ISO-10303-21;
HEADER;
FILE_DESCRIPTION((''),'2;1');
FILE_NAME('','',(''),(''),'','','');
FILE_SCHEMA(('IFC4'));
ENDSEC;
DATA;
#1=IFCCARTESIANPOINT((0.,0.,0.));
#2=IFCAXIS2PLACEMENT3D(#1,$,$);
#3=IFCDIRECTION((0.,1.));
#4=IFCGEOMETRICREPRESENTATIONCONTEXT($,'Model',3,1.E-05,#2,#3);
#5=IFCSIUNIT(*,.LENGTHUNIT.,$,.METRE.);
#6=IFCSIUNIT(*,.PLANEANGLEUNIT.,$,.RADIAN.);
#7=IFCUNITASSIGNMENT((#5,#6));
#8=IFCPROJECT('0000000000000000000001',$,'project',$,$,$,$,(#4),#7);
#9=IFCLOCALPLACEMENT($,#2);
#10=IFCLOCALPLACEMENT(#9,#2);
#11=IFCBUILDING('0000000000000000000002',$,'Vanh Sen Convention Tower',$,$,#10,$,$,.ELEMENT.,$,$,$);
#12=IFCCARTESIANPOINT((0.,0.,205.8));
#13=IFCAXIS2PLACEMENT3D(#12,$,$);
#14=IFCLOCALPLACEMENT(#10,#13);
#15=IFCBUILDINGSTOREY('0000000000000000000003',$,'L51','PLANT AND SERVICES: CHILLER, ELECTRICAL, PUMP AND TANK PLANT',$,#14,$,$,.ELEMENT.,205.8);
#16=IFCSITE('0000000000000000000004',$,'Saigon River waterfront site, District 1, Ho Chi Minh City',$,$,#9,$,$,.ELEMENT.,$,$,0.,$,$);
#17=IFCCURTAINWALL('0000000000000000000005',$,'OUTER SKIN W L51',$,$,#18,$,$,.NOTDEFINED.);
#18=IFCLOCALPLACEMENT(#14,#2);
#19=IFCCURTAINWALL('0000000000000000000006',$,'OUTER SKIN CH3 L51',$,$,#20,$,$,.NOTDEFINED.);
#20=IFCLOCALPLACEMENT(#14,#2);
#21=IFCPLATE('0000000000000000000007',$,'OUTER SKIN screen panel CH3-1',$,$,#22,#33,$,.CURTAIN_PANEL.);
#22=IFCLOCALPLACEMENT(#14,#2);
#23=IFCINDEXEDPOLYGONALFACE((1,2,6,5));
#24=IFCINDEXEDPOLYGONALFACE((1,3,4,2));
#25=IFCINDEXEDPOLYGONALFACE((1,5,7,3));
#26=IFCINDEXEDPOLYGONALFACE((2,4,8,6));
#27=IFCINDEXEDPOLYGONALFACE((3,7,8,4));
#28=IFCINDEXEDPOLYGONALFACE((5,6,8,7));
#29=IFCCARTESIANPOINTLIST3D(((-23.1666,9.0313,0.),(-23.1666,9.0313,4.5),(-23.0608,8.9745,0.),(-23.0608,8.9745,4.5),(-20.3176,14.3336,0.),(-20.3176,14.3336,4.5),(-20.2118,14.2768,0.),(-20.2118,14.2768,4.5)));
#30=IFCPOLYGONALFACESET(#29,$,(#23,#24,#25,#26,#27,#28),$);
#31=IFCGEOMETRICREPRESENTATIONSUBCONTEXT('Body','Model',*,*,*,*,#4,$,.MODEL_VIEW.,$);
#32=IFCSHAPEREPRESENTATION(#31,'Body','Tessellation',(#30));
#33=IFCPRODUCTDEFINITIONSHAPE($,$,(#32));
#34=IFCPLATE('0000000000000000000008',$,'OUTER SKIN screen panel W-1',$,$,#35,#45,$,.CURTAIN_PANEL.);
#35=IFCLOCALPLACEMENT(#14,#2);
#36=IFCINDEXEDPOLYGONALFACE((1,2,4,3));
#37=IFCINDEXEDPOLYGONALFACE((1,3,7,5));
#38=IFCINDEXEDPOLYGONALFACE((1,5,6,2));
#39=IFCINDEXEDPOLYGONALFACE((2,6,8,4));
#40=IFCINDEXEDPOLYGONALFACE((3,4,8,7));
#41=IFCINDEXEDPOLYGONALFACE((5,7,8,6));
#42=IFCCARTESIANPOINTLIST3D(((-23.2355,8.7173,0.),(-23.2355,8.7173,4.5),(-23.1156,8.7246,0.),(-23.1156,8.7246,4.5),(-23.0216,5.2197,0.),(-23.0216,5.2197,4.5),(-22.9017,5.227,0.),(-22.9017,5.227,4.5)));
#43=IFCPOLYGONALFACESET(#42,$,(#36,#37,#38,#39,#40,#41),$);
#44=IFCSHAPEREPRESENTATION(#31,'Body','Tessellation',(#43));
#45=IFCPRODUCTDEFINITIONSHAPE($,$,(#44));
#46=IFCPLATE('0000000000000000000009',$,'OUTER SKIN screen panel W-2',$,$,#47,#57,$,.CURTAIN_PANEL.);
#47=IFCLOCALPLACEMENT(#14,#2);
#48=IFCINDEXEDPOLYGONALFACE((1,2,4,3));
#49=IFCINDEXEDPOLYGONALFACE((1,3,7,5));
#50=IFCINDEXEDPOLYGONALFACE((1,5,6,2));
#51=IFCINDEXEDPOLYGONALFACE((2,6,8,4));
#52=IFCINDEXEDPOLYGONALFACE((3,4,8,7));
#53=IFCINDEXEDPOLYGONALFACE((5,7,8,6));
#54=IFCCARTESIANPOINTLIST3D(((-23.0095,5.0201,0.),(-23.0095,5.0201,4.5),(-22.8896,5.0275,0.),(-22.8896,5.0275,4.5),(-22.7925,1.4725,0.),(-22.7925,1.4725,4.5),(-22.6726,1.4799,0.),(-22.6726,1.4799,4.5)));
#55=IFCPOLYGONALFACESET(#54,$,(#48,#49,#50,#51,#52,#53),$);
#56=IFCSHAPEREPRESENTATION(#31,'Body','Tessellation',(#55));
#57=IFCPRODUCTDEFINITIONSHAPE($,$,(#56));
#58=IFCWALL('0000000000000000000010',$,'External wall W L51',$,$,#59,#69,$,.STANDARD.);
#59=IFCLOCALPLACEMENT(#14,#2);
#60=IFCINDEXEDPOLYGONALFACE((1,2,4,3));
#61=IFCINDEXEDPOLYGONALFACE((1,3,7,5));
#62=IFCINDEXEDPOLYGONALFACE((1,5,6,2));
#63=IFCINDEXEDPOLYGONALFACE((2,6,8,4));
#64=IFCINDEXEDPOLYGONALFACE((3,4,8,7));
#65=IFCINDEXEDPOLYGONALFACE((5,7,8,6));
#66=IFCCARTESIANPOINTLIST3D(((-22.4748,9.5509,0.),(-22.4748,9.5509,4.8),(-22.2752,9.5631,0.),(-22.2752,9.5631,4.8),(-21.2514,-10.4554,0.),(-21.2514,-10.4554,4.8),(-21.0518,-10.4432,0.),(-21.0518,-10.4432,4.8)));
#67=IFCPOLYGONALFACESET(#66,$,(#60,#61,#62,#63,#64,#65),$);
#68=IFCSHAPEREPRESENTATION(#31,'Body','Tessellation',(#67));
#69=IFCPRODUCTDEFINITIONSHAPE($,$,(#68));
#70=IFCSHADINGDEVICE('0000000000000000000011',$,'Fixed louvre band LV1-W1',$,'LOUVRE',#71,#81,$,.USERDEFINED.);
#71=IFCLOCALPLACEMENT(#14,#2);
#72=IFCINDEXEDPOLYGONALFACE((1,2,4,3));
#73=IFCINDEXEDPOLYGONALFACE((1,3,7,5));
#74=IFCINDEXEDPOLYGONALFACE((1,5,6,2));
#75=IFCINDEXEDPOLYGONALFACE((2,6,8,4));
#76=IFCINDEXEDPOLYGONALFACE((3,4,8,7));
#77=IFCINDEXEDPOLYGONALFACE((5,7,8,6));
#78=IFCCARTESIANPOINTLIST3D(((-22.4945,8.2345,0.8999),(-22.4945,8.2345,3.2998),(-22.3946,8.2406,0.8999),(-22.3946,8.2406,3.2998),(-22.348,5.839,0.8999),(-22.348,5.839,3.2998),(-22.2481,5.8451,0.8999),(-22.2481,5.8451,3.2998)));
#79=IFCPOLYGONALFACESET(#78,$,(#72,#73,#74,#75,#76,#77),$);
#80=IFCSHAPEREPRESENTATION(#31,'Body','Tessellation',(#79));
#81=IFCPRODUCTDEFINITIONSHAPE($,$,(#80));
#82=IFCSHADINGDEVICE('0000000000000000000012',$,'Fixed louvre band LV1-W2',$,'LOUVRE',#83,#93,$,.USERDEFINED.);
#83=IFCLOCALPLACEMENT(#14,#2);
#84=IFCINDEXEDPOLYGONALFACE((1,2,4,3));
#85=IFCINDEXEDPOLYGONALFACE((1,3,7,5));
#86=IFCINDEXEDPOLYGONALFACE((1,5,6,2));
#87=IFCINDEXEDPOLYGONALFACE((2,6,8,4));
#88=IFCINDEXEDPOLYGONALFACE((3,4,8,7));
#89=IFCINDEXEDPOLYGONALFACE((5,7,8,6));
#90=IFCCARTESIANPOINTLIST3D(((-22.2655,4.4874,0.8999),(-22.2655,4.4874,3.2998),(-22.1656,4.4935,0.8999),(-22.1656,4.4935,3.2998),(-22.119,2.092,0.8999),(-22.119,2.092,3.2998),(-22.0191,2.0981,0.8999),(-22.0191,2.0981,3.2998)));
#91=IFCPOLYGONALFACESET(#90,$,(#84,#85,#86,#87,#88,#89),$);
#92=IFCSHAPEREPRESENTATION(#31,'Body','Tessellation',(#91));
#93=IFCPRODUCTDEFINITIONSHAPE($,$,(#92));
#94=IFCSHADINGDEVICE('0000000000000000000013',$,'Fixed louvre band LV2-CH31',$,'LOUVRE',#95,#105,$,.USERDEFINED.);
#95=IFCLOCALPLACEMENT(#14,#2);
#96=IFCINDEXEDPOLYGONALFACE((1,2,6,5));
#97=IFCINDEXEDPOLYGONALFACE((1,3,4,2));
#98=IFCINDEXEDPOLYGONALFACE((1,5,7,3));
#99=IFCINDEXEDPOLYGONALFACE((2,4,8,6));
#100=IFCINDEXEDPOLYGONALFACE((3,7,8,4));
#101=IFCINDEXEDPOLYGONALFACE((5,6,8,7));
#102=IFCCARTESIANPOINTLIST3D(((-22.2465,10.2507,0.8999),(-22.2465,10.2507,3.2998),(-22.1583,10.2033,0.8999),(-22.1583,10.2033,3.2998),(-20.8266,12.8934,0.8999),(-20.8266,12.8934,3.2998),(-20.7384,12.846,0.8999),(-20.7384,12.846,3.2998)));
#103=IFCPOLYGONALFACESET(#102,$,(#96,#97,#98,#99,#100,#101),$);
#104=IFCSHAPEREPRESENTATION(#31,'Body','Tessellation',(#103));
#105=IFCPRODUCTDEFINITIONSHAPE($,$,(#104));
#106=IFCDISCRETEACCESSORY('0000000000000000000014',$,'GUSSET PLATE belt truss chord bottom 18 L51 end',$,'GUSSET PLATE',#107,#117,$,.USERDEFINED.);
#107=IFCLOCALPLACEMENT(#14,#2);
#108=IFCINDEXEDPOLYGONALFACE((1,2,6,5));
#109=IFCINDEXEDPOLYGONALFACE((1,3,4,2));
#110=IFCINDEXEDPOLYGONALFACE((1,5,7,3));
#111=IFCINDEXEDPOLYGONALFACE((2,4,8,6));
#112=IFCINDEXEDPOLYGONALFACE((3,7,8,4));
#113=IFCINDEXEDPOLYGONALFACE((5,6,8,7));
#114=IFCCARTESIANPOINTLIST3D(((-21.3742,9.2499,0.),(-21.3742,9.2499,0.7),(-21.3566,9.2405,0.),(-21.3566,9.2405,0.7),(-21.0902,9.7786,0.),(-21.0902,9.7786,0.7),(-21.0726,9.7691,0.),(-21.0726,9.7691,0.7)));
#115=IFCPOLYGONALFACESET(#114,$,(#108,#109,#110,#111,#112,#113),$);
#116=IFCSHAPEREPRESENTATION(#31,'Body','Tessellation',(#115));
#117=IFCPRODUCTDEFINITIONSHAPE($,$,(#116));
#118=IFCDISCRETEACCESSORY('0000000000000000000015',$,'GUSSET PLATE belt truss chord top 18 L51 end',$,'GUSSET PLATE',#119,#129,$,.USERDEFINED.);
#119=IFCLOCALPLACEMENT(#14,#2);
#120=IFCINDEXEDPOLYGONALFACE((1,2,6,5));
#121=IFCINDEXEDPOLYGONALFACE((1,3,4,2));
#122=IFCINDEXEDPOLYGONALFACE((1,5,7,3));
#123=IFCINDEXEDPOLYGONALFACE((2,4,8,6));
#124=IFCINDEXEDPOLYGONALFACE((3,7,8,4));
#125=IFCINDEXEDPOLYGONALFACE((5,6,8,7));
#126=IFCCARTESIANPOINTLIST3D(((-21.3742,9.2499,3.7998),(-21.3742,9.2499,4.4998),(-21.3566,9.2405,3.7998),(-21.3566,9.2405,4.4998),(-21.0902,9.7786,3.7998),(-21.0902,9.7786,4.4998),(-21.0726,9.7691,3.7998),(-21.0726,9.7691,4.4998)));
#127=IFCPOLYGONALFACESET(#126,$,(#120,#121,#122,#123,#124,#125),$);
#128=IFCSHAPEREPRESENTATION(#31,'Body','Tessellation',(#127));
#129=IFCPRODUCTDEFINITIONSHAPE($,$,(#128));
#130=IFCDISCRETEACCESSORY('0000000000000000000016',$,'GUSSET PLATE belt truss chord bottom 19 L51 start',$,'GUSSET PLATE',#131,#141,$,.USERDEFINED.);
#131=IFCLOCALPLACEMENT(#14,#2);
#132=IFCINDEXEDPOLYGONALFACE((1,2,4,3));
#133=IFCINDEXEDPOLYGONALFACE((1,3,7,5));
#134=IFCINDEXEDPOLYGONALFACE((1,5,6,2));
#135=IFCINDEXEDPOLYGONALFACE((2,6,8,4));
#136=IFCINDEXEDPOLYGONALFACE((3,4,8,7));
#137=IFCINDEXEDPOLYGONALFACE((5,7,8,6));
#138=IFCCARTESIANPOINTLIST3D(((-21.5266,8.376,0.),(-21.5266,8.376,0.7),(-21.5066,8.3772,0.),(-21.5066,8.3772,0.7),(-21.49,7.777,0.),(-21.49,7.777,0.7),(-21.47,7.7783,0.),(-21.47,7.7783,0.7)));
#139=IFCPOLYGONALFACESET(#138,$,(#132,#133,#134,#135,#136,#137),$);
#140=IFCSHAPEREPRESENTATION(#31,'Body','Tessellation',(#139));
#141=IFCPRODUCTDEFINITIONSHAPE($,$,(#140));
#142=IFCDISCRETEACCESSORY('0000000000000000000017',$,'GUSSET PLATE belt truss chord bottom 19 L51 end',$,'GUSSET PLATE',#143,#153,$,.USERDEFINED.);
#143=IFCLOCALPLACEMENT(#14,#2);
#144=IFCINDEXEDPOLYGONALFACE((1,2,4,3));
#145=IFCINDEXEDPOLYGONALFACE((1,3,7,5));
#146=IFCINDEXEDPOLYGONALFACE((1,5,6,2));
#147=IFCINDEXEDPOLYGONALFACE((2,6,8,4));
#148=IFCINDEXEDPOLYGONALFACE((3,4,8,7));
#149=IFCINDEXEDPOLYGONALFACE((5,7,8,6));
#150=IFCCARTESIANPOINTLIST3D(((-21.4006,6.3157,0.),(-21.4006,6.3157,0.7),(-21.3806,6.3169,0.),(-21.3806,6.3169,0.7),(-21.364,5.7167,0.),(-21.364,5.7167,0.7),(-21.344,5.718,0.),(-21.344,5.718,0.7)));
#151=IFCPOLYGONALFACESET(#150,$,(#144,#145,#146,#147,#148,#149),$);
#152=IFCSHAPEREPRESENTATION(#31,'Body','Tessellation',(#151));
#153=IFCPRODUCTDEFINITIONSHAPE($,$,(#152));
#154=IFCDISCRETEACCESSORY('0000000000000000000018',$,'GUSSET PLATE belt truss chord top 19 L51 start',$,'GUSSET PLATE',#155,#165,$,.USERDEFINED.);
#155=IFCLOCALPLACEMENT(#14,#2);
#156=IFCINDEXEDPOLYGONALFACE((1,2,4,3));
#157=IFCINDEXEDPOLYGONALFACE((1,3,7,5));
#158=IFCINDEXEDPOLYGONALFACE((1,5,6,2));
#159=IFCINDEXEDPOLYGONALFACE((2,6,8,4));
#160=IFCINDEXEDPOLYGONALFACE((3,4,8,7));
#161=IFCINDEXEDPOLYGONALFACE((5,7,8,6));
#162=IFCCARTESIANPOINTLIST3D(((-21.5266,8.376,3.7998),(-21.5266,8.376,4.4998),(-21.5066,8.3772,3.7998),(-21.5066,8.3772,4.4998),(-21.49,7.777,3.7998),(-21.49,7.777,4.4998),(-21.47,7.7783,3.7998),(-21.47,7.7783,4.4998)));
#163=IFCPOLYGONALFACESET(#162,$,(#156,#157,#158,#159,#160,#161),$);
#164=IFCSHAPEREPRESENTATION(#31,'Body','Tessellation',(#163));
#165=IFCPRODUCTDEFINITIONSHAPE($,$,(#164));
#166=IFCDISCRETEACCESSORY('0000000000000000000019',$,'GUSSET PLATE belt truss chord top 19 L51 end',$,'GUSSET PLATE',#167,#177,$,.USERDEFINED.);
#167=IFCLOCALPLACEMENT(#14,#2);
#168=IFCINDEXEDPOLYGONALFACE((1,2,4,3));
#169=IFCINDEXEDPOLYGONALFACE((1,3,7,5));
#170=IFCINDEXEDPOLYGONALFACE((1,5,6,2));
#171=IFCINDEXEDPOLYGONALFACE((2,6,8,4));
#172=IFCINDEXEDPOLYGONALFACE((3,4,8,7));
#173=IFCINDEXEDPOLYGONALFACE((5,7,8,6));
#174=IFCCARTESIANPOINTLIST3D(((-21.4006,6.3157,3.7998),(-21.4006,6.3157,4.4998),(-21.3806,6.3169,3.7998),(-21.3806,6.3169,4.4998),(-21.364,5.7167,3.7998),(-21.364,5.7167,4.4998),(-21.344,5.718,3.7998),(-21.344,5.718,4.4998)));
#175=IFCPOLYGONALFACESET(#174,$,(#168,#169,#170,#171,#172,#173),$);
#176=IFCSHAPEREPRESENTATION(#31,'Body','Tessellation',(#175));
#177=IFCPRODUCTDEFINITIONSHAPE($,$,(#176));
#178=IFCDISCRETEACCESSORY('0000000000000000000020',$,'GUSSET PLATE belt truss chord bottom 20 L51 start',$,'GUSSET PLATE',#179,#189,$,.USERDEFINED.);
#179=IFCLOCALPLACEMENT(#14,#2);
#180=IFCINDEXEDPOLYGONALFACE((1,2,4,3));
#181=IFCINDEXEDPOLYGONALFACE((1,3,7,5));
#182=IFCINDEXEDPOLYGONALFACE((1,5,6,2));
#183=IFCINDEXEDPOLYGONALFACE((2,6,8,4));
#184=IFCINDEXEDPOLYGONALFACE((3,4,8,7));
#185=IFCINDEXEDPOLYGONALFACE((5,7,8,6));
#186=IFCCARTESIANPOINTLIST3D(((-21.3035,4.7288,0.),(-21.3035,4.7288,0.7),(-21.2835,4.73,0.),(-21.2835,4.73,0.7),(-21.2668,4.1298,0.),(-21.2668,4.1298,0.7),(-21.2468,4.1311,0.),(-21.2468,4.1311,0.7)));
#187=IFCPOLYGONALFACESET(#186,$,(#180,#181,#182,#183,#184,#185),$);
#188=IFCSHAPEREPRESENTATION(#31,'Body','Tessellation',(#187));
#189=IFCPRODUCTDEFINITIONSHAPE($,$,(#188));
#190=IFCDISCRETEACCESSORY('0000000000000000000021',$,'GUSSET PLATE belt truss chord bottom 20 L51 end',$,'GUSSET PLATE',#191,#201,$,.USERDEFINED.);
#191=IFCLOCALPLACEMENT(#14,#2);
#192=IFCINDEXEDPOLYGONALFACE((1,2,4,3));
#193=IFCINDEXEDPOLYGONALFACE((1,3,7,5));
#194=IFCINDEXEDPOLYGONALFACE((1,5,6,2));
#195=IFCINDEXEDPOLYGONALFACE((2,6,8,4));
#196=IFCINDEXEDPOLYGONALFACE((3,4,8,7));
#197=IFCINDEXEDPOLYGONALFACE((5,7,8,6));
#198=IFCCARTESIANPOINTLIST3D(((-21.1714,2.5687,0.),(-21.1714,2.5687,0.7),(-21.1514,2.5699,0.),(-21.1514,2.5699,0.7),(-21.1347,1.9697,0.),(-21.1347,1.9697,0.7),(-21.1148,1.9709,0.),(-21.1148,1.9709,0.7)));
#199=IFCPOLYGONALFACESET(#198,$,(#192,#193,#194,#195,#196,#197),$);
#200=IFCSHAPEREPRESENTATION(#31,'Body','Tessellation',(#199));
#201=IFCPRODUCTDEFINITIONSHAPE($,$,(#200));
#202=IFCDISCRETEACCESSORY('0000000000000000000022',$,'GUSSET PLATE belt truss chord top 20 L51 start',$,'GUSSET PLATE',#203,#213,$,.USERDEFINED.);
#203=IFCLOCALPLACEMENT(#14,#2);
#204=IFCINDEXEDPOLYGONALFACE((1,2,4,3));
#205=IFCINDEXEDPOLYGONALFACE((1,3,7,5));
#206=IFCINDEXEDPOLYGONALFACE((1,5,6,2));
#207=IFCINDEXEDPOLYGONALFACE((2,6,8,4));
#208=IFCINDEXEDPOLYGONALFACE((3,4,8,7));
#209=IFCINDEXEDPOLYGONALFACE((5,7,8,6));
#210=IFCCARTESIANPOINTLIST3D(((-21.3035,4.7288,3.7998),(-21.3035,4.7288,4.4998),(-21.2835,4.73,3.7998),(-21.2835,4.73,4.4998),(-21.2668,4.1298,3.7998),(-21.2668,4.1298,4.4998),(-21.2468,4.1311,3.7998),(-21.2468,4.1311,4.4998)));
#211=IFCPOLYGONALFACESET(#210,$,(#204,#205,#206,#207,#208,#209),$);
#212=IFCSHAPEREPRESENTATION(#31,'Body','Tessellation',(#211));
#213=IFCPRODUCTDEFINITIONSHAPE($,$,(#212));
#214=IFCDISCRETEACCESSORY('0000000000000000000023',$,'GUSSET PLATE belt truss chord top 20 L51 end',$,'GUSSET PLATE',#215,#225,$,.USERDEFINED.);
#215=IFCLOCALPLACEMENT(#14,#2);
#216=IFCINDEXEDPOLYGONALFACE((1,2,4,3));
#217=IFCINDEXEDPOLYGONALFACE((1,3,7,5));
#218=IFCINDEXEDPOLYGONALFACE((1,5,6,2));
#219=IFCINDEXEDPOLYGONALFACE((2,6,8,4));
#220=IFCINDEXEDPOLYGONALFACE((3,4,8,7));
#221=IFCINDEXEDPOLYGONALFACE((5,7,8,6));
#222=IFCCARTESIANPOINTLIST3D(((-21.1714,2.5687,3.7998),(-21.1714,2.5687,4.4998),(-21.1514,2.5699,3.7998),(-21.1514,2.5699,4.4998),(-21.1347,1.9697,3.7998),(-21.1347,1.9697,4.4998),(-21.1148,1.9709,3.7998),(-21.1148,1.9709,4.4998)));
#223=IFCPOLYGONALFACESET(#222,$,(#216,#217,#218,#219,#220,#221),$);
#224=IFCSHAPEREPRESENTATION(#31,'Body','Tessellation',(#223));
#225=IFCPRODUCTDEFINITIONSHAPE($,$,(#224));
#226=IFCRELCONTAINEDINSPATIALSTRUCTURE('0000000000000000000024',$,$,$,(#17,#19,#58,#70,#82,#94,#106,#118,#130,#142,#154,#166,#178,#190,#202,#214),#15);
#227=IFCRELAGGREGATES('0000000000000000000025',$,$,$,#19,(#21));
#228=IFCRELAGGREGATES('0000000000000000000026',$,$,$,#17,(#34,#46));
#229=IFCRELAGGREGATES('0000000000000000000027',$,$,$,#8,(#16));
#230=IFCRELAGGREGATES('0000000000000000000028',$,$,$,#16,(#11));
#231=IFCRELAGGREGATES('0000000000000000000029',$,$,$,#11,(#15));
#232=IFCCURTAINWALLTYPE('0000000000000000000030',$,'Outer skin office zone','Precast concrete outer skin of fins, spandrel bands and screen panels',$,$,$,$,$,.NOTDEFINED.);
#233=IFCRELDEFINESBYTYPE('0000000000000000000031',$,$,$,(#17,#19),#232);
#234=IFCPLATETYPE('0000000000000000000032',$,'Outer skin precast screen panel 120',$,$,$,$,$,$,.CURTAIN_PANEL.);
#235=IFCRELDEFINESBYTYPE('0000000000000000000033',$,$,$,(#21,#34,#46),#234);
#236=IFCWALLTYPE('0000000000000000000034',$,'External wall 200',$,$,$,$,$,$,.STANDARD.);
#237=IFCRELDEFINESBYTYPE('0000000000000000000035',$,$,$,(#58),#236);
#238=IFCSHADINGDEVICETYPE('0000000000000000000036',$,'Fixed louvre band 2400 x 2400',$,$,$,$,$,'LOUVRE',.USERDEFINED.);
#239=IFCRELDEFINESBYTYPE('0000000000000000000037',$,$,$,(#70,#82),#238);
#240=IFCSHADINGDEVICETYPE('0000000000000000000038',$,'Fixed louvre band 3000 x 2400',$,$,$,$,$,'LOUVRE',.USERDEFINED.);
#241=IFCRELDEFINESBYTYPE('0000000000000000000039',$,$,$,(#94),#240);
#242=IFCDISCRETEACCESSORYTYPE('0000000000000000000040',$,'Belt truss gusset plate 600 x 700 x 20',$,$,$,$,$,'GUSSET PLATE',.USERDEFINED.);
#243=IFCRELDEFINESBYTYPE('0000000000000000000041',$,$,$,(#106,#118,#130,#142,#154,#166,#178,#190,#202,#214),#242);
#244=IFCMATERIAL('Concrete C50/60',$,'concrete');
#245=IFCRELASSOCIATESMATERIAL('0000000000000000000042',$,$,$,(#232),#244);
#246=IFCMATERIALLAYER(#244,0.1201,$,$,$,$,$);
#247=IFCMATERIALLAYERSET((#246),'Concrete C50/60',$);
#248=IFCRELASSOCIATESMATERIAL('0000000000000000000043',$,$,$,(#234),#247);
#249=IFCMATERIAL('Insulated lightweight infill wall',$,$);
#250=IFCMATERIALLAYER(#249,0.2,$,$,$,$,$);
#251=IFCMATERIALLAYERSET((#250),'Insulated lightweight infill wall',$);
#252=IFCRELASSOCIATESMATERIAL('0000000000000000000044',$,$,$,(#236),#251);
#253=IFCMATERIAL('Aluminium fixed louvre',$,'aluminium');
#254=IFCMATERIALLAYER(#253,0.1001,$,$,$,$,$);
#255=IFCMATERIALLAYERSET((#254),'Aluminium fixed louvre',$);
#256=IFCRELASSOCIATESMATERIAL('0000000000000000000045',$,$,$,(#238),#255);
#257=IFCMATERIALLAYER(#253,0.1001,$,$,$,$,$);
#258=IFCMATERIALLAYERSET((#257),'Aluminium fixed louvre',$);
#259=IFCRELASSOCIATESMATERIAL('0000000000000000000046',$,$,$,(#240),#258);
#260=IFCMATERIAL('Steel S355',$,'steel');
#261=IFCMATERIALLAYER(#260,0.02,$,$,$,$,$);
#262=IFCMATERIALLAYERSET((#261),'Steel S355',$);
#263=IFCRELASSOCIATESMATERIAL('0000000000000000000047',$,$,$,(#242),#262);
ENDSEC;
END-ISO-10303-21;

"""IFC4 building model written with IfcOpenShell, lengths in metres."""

from ifc_helpers import new_model, si_unit, direction, frame, frame_2d, origin, origin_2d, place, context, subcontext, project, spatial, rectangle, extrude, material, layer, layer_set, type_object, element, aggregate, save


model = new_model("IFC4")

# Units and contexts
model_context = context("Model", 3, precision=1e-05, world=origin(), true_north=direction((0.0, 1.0)))
body_context = subcontext(model_context, "Body", "Model", "MODEL_VIEW")
ifc_project = project(units=[si_unit("LENGTHUNIT", "METRE"), si_unit("PLANEANGLEUNIT", "RADIAN")], contexts=[model_context])

# Site, building, storey
site_placement = place(None, origin())
site = spatial("IfcSite", under=ifc_project, at=site_placement, Name="Saigon River waterfront site, District 1, Ho Chi Minh City", CompositionType="ELEMENT", RefElevation=0.0)
building_placement = place(site_placement, origin())
building = spatial("IfcBuilding", under=site, at=building_placement, Name="Vanh Sen Convention Tower", CompositionType="ELEMENT")
storey_placement = place(building_placement, frame((0.0, 0.0, 205.8)))
storey = spatial("IfcBuildingStorey", under=building, at=storey_placement, Name="L51", Description="PLANT AND SERVICES: CHILLER, ELECTRICAL, PUMP AND TANK PLANT", CompositionType="ELEMENT", Elevation=205.8)

# Shared definitions
ifc_material_1 = material(Name="Steel S355", Category="steel")

# Curtain wall
ifc_material_2 = material(Name="Concrete C50/60", Category="concrete")
curtain_wall_type = type_object("IfcCurtainWallType", Name="Outer skin office zone", Description="Precast concrete outer skin of fins, spandrel bands and screen panels", PredefinedType="NOTDEFINED", material=ifc_material_2)
curtain_wall_1_placement = place(storey_placement, origin())
curtain_wall_1 = element("IfcCurtainWall", 1, at=curtain_wall_1_placement, inside=storey, type_object=curtain_wall_type, Name="OUTER SKIN W L51", PredefinedType="NOTDEFINED")

# Curtain wall, plate
curtain_wall_2_placement = place(storey_placement, origin())
curtain_wall_2 = element("IfcCurtainWall", 2, at=curtain_wall_2_placement, inside=storey, type_object=curtain_wall_type, Name="OUTER SKIN CH3 L51", PredefinedType="NOTDEFINED")
ifc_layer_1 = layer(ifc_material_2, 0.1201)
ifc_layer_set_1 = layer_set([ifc_layer_1], Name="Concrete C50/60")
plate_type = type_object("IfcPlateType", Name="Outer skin precast screen panel 120", PredefinedType="CURTAIN_PANEL", material=ifc_layer_set_1)
plate_1_placement = place(storey_placement, frame((-21.6892, 11.6541, 0.0), z_axis=(0.0, 0.0, 1.0), x_axis=(-0.473318, -0.880892, 0.0)))
plate_1 = element("IfcPlate", 3, at=plate_1_placement, type_object=plate_type, Name="OUTER SKIN screen panel CH3-1", PredefinedType="CURTAIN_PANEL", context=body_context, shape_type="SweptSolid", body=[
    extrude(rectangle(XDim=6.0193, YDim=0.1201, at=origin_2d()), origin(), (0.0, 0.0, 1.0), 4.5),
])
aggregate(curtain_wall_2, [plate_1])

# Plates
plate_2_placement = place(storey_placement, frame((-23.0686, 6.9722, 0.0), z_axis=(0.0, 0.0, 1.0), x_axis=(0.061054, -0.998134, 0.0)))
plate_2 = element("IfcPlate", 4, at=plate_2_placement, type_object=plate_type, Name="OUTER SKIN screen panel W-1", PredefinedType="CURTAIN_PANEL", context=body_context, shape_type="SweptSolid", body=[
    extrude(rectangle(XDim=3.5042, YDim=0.1201, at=origin_2d()), origin(), (0.0, 0.0, 1.0), 4.5),
])
plate_3_placement = place(storey_placement, frame((-22.8411, 3.25, 0.0), z_axis=(0.0, 0.0, 1.0), x_axis=(0.061052, -0.998135, 0.0)))
plate_3 = element("IfcPlate", 5, at=plate_3_placement, type_object=plate_type, Name="OUTER SKIN screen panel W-2", PredefinedType="CURTAIN_PANEL", context=body_context, shape_type="SweptSolid", body=[
    extrude(rectangle(XDim=3.5542, YDim=0.1201, at=origin_2d()), origin(), (0.0, 0.0, 1.0), 4.5),
])
aggregate(curtain_wall_1, [plate_2, plate_3])

# Wall
ifc_material_3 = material(Name="Insulated lightweight infill wall")
ifc_layer_2 = layer(ifc_material_3, 0.2)
ifc_layer_set_2 = layer_set([ifc_layer_2], Name="Insulated lightweight infill wall")
wall_type = type_object("IfcWallType", Name="External wall 200", PredefinedType="STANDARD", material=ifc_layer_set_2)
wall_placement = place(storey_placement, frame((-22.375, 9.5571, 0.0), z_axis=(0.0, 0.0, 1.0), x_axis=(0.061036, -0.998136, 0.0)))
element("IfcWall", 6, at=wall_placement, inside=storey, type_object=wall_type, Name="External wall W L51", PredefinedType="STANDARD", context=body_context, shape_type="SweptSolid", body=[
    extrude(rectangle(XDim=20.0437, YDim=0.2, at=frame_2d((10.022, 0.0))), origin(), (0.0, 0.0, 1.0), 4.8),
])

# Shading devices
ifc_material_4 = material(Name="Aluminium fixed louvre", Category="aluminium")
ifc_layer_3 = layer(ifc_material_4, 0.1001)
ifc_layer_set_3 = layer_set([ifc_layer_3], Name="Aluminium fixed louvre")
shading_device_type_1 = type_object("IfcShadingDeviceType", Name="Fixed louvre band 2400 x 2400", ElementType="LOUVRE", PredefinedType="USERDEFINED", material=ifc_layer_set_3)
for number, where, z_axis, x_axis, name in (
    (7, (-22.3713, 7.0398, 0.8999), (0.0, 0.0, 1.0), (0.061045, -0.998135, 0.0), "Fixed louvre band LV1-W1"),
    (8, (-22.1423, 3.2927, 0.8999), (0.0, 0.0, 1.0), (0.061045, -0.998135, 0.0), "Fixed louvre band LV1-W2"),
):
    element("IfcShadingDevice", number, at=place(storey_placement, frame(where, z_axis=z_axis, x_axis=x_axis)), inside=storey, type_object=shading_device_type_1, Name=name, ObjectType="LOUVRE", PredefinedType="USERDEFINED", context=body_context, shape_type="SweptSolid", body=[
        extrude(rectangle(XDim=2.3999, YDim=0.1001, at=origin_2d()), origin(), (0.0, 0.0, 1.0), 2.3999),
    ])
ifc_layer_4 = layer(ifc_material_4, 0.1001)
ifc_layer_set_4 = layer_set([ifc_layer_4], Name="Aluminium fixed louvre")
shading_device_type_2 = type_object("IfcShadingDeviceType", Name="Fixed louvre band 3000 x 2400", ElementType="LOUVRE", PredefinedType="USERDEFINED", material=ifc_layer_set_4)
shading_device_placement = place(storey_placement, frame((-21.4924, 11.5483, 0.8999), z_axis=(0.0, 0.0, 1.0), x_axis=(-0.473307, -0.880897, 0.0)))
element("IfcShadingDevice", 9, at=shading_device_placement, inside=storey, type_object=shading_device_type_2, Name="Fixed louvre band LV2-CH31", ObjectType="LOUVRE", PredefinedType="USERDEFINED", context=body_context, shape_type="SweptSolid", body=[
    extrude(rectangle(XDim=3.0, YDim=0.1001, at=origin_2d()), origin(), (0.0, 0.0, 1.0), 2.3999),
])

# Discrete accessories
ifc_layer_5 = layer(ifc_material_1, 0.02)
ifc_layer_set_5 = layer_set([ifc_layer_5], Name="Steel S355")
discrete_accessory_type_1 = type_object("IfcDiscreteAccessoryType", Name="Belt truss gusset plate 600 x 700 x 20", ElementType="GUSSET PLATE", PredefinedType="USERDEFINED", material=ifc_layer_set_5)
for number, where, z_axis, x_axis, name in (
    (10, (-21.2234, 9.5095, 0.0), (0.0, 0.0, 1.0), (0.473318, 0.880892, 0.0), "GUSSET PLATE belt truss chord bottom 18 L51 end"),
    (11, (-21.2234, 9.5095, 3.7998), (0.0, 0.0, 1.0), (0.473318, 0.880892, 0.0), "GUSSET PLATE belt truss chord top 18 L51 end"),
    (12, (-21.4983, 8.0771, 0.0), (0.0, 0.0, 1.0), (0.061054, -0.998134, 0.0), "GUSSET PLATE belt truss chord bottom 19 L51 start"),
    (13, (-21.3723, 6.0168, 0.0), (0.0, 0.0, 1.0), (-0.061054, 0.998134, 0.0), "GUSSET PLATE belt truss chord bottom 19 L51 end"),
    (14, (-21.4983, 8.0771, 3.7998), (0.0, 0.0, 1.0), (0.061054, -0.998134, 0.0), "GUSSET PLATE belt truss chord top 19 L51 start"),
    (15, (-21.3723, 6.0168, 3.7998), (0.0, 0.0, 1.0), (-0.061054, 0.998134, 0.0), "GUSSET PLATE belt truss chord top 19 L51 end"),
    (16, (-21.2751, 4.4299, 0.0), (0.0, 0.0, 1.0), (0.061052, -0.998135, 0.0), "GUSSET PLATE belt truss chord bottom 20 L51 start"),
    (17, (-21.1431, 2.2698, 0.0), (0.0, 0.0, 1.0), (-0.061052, 0.998135, 0.0), "GUSSET PLATE belt truss chord bottom 20 L51 end"),
    (18, (-21.2751, 4.4299, 3.7998), (0.0, 0.0, 1.0), (0.061052, -0.998135, 0.0), "GUSSET PLATE belt truss chord top 20 L51 start"),
    (19, (-21.1431, 2.2698, 3.7998), (0.0, 0.0, 1.0), (-0.061052, 0.998135, 0.0), "GUSSET PLATE belt truss chord top 20 L51 end"),
):
    element("IfcDiscreteAccessory", number, at=place(storey_placement, frame(where, z_axis=z_axis, x_axis=x_axis)), inside=storey, type_object=discrete_accessory_type_1, Name=name, ObjectType="GUSSET PLATE", PredefinedType="USERDEFINED", context=body_context, shape_type="SweptSolid", body=[
        extrude(rectangle(XDim=0.6001, YDim=0.02, at=origin_2d()), origin(), (0.0, 0.0, 1.0), 0.7),
    ])

save(model, "model.ifc")
